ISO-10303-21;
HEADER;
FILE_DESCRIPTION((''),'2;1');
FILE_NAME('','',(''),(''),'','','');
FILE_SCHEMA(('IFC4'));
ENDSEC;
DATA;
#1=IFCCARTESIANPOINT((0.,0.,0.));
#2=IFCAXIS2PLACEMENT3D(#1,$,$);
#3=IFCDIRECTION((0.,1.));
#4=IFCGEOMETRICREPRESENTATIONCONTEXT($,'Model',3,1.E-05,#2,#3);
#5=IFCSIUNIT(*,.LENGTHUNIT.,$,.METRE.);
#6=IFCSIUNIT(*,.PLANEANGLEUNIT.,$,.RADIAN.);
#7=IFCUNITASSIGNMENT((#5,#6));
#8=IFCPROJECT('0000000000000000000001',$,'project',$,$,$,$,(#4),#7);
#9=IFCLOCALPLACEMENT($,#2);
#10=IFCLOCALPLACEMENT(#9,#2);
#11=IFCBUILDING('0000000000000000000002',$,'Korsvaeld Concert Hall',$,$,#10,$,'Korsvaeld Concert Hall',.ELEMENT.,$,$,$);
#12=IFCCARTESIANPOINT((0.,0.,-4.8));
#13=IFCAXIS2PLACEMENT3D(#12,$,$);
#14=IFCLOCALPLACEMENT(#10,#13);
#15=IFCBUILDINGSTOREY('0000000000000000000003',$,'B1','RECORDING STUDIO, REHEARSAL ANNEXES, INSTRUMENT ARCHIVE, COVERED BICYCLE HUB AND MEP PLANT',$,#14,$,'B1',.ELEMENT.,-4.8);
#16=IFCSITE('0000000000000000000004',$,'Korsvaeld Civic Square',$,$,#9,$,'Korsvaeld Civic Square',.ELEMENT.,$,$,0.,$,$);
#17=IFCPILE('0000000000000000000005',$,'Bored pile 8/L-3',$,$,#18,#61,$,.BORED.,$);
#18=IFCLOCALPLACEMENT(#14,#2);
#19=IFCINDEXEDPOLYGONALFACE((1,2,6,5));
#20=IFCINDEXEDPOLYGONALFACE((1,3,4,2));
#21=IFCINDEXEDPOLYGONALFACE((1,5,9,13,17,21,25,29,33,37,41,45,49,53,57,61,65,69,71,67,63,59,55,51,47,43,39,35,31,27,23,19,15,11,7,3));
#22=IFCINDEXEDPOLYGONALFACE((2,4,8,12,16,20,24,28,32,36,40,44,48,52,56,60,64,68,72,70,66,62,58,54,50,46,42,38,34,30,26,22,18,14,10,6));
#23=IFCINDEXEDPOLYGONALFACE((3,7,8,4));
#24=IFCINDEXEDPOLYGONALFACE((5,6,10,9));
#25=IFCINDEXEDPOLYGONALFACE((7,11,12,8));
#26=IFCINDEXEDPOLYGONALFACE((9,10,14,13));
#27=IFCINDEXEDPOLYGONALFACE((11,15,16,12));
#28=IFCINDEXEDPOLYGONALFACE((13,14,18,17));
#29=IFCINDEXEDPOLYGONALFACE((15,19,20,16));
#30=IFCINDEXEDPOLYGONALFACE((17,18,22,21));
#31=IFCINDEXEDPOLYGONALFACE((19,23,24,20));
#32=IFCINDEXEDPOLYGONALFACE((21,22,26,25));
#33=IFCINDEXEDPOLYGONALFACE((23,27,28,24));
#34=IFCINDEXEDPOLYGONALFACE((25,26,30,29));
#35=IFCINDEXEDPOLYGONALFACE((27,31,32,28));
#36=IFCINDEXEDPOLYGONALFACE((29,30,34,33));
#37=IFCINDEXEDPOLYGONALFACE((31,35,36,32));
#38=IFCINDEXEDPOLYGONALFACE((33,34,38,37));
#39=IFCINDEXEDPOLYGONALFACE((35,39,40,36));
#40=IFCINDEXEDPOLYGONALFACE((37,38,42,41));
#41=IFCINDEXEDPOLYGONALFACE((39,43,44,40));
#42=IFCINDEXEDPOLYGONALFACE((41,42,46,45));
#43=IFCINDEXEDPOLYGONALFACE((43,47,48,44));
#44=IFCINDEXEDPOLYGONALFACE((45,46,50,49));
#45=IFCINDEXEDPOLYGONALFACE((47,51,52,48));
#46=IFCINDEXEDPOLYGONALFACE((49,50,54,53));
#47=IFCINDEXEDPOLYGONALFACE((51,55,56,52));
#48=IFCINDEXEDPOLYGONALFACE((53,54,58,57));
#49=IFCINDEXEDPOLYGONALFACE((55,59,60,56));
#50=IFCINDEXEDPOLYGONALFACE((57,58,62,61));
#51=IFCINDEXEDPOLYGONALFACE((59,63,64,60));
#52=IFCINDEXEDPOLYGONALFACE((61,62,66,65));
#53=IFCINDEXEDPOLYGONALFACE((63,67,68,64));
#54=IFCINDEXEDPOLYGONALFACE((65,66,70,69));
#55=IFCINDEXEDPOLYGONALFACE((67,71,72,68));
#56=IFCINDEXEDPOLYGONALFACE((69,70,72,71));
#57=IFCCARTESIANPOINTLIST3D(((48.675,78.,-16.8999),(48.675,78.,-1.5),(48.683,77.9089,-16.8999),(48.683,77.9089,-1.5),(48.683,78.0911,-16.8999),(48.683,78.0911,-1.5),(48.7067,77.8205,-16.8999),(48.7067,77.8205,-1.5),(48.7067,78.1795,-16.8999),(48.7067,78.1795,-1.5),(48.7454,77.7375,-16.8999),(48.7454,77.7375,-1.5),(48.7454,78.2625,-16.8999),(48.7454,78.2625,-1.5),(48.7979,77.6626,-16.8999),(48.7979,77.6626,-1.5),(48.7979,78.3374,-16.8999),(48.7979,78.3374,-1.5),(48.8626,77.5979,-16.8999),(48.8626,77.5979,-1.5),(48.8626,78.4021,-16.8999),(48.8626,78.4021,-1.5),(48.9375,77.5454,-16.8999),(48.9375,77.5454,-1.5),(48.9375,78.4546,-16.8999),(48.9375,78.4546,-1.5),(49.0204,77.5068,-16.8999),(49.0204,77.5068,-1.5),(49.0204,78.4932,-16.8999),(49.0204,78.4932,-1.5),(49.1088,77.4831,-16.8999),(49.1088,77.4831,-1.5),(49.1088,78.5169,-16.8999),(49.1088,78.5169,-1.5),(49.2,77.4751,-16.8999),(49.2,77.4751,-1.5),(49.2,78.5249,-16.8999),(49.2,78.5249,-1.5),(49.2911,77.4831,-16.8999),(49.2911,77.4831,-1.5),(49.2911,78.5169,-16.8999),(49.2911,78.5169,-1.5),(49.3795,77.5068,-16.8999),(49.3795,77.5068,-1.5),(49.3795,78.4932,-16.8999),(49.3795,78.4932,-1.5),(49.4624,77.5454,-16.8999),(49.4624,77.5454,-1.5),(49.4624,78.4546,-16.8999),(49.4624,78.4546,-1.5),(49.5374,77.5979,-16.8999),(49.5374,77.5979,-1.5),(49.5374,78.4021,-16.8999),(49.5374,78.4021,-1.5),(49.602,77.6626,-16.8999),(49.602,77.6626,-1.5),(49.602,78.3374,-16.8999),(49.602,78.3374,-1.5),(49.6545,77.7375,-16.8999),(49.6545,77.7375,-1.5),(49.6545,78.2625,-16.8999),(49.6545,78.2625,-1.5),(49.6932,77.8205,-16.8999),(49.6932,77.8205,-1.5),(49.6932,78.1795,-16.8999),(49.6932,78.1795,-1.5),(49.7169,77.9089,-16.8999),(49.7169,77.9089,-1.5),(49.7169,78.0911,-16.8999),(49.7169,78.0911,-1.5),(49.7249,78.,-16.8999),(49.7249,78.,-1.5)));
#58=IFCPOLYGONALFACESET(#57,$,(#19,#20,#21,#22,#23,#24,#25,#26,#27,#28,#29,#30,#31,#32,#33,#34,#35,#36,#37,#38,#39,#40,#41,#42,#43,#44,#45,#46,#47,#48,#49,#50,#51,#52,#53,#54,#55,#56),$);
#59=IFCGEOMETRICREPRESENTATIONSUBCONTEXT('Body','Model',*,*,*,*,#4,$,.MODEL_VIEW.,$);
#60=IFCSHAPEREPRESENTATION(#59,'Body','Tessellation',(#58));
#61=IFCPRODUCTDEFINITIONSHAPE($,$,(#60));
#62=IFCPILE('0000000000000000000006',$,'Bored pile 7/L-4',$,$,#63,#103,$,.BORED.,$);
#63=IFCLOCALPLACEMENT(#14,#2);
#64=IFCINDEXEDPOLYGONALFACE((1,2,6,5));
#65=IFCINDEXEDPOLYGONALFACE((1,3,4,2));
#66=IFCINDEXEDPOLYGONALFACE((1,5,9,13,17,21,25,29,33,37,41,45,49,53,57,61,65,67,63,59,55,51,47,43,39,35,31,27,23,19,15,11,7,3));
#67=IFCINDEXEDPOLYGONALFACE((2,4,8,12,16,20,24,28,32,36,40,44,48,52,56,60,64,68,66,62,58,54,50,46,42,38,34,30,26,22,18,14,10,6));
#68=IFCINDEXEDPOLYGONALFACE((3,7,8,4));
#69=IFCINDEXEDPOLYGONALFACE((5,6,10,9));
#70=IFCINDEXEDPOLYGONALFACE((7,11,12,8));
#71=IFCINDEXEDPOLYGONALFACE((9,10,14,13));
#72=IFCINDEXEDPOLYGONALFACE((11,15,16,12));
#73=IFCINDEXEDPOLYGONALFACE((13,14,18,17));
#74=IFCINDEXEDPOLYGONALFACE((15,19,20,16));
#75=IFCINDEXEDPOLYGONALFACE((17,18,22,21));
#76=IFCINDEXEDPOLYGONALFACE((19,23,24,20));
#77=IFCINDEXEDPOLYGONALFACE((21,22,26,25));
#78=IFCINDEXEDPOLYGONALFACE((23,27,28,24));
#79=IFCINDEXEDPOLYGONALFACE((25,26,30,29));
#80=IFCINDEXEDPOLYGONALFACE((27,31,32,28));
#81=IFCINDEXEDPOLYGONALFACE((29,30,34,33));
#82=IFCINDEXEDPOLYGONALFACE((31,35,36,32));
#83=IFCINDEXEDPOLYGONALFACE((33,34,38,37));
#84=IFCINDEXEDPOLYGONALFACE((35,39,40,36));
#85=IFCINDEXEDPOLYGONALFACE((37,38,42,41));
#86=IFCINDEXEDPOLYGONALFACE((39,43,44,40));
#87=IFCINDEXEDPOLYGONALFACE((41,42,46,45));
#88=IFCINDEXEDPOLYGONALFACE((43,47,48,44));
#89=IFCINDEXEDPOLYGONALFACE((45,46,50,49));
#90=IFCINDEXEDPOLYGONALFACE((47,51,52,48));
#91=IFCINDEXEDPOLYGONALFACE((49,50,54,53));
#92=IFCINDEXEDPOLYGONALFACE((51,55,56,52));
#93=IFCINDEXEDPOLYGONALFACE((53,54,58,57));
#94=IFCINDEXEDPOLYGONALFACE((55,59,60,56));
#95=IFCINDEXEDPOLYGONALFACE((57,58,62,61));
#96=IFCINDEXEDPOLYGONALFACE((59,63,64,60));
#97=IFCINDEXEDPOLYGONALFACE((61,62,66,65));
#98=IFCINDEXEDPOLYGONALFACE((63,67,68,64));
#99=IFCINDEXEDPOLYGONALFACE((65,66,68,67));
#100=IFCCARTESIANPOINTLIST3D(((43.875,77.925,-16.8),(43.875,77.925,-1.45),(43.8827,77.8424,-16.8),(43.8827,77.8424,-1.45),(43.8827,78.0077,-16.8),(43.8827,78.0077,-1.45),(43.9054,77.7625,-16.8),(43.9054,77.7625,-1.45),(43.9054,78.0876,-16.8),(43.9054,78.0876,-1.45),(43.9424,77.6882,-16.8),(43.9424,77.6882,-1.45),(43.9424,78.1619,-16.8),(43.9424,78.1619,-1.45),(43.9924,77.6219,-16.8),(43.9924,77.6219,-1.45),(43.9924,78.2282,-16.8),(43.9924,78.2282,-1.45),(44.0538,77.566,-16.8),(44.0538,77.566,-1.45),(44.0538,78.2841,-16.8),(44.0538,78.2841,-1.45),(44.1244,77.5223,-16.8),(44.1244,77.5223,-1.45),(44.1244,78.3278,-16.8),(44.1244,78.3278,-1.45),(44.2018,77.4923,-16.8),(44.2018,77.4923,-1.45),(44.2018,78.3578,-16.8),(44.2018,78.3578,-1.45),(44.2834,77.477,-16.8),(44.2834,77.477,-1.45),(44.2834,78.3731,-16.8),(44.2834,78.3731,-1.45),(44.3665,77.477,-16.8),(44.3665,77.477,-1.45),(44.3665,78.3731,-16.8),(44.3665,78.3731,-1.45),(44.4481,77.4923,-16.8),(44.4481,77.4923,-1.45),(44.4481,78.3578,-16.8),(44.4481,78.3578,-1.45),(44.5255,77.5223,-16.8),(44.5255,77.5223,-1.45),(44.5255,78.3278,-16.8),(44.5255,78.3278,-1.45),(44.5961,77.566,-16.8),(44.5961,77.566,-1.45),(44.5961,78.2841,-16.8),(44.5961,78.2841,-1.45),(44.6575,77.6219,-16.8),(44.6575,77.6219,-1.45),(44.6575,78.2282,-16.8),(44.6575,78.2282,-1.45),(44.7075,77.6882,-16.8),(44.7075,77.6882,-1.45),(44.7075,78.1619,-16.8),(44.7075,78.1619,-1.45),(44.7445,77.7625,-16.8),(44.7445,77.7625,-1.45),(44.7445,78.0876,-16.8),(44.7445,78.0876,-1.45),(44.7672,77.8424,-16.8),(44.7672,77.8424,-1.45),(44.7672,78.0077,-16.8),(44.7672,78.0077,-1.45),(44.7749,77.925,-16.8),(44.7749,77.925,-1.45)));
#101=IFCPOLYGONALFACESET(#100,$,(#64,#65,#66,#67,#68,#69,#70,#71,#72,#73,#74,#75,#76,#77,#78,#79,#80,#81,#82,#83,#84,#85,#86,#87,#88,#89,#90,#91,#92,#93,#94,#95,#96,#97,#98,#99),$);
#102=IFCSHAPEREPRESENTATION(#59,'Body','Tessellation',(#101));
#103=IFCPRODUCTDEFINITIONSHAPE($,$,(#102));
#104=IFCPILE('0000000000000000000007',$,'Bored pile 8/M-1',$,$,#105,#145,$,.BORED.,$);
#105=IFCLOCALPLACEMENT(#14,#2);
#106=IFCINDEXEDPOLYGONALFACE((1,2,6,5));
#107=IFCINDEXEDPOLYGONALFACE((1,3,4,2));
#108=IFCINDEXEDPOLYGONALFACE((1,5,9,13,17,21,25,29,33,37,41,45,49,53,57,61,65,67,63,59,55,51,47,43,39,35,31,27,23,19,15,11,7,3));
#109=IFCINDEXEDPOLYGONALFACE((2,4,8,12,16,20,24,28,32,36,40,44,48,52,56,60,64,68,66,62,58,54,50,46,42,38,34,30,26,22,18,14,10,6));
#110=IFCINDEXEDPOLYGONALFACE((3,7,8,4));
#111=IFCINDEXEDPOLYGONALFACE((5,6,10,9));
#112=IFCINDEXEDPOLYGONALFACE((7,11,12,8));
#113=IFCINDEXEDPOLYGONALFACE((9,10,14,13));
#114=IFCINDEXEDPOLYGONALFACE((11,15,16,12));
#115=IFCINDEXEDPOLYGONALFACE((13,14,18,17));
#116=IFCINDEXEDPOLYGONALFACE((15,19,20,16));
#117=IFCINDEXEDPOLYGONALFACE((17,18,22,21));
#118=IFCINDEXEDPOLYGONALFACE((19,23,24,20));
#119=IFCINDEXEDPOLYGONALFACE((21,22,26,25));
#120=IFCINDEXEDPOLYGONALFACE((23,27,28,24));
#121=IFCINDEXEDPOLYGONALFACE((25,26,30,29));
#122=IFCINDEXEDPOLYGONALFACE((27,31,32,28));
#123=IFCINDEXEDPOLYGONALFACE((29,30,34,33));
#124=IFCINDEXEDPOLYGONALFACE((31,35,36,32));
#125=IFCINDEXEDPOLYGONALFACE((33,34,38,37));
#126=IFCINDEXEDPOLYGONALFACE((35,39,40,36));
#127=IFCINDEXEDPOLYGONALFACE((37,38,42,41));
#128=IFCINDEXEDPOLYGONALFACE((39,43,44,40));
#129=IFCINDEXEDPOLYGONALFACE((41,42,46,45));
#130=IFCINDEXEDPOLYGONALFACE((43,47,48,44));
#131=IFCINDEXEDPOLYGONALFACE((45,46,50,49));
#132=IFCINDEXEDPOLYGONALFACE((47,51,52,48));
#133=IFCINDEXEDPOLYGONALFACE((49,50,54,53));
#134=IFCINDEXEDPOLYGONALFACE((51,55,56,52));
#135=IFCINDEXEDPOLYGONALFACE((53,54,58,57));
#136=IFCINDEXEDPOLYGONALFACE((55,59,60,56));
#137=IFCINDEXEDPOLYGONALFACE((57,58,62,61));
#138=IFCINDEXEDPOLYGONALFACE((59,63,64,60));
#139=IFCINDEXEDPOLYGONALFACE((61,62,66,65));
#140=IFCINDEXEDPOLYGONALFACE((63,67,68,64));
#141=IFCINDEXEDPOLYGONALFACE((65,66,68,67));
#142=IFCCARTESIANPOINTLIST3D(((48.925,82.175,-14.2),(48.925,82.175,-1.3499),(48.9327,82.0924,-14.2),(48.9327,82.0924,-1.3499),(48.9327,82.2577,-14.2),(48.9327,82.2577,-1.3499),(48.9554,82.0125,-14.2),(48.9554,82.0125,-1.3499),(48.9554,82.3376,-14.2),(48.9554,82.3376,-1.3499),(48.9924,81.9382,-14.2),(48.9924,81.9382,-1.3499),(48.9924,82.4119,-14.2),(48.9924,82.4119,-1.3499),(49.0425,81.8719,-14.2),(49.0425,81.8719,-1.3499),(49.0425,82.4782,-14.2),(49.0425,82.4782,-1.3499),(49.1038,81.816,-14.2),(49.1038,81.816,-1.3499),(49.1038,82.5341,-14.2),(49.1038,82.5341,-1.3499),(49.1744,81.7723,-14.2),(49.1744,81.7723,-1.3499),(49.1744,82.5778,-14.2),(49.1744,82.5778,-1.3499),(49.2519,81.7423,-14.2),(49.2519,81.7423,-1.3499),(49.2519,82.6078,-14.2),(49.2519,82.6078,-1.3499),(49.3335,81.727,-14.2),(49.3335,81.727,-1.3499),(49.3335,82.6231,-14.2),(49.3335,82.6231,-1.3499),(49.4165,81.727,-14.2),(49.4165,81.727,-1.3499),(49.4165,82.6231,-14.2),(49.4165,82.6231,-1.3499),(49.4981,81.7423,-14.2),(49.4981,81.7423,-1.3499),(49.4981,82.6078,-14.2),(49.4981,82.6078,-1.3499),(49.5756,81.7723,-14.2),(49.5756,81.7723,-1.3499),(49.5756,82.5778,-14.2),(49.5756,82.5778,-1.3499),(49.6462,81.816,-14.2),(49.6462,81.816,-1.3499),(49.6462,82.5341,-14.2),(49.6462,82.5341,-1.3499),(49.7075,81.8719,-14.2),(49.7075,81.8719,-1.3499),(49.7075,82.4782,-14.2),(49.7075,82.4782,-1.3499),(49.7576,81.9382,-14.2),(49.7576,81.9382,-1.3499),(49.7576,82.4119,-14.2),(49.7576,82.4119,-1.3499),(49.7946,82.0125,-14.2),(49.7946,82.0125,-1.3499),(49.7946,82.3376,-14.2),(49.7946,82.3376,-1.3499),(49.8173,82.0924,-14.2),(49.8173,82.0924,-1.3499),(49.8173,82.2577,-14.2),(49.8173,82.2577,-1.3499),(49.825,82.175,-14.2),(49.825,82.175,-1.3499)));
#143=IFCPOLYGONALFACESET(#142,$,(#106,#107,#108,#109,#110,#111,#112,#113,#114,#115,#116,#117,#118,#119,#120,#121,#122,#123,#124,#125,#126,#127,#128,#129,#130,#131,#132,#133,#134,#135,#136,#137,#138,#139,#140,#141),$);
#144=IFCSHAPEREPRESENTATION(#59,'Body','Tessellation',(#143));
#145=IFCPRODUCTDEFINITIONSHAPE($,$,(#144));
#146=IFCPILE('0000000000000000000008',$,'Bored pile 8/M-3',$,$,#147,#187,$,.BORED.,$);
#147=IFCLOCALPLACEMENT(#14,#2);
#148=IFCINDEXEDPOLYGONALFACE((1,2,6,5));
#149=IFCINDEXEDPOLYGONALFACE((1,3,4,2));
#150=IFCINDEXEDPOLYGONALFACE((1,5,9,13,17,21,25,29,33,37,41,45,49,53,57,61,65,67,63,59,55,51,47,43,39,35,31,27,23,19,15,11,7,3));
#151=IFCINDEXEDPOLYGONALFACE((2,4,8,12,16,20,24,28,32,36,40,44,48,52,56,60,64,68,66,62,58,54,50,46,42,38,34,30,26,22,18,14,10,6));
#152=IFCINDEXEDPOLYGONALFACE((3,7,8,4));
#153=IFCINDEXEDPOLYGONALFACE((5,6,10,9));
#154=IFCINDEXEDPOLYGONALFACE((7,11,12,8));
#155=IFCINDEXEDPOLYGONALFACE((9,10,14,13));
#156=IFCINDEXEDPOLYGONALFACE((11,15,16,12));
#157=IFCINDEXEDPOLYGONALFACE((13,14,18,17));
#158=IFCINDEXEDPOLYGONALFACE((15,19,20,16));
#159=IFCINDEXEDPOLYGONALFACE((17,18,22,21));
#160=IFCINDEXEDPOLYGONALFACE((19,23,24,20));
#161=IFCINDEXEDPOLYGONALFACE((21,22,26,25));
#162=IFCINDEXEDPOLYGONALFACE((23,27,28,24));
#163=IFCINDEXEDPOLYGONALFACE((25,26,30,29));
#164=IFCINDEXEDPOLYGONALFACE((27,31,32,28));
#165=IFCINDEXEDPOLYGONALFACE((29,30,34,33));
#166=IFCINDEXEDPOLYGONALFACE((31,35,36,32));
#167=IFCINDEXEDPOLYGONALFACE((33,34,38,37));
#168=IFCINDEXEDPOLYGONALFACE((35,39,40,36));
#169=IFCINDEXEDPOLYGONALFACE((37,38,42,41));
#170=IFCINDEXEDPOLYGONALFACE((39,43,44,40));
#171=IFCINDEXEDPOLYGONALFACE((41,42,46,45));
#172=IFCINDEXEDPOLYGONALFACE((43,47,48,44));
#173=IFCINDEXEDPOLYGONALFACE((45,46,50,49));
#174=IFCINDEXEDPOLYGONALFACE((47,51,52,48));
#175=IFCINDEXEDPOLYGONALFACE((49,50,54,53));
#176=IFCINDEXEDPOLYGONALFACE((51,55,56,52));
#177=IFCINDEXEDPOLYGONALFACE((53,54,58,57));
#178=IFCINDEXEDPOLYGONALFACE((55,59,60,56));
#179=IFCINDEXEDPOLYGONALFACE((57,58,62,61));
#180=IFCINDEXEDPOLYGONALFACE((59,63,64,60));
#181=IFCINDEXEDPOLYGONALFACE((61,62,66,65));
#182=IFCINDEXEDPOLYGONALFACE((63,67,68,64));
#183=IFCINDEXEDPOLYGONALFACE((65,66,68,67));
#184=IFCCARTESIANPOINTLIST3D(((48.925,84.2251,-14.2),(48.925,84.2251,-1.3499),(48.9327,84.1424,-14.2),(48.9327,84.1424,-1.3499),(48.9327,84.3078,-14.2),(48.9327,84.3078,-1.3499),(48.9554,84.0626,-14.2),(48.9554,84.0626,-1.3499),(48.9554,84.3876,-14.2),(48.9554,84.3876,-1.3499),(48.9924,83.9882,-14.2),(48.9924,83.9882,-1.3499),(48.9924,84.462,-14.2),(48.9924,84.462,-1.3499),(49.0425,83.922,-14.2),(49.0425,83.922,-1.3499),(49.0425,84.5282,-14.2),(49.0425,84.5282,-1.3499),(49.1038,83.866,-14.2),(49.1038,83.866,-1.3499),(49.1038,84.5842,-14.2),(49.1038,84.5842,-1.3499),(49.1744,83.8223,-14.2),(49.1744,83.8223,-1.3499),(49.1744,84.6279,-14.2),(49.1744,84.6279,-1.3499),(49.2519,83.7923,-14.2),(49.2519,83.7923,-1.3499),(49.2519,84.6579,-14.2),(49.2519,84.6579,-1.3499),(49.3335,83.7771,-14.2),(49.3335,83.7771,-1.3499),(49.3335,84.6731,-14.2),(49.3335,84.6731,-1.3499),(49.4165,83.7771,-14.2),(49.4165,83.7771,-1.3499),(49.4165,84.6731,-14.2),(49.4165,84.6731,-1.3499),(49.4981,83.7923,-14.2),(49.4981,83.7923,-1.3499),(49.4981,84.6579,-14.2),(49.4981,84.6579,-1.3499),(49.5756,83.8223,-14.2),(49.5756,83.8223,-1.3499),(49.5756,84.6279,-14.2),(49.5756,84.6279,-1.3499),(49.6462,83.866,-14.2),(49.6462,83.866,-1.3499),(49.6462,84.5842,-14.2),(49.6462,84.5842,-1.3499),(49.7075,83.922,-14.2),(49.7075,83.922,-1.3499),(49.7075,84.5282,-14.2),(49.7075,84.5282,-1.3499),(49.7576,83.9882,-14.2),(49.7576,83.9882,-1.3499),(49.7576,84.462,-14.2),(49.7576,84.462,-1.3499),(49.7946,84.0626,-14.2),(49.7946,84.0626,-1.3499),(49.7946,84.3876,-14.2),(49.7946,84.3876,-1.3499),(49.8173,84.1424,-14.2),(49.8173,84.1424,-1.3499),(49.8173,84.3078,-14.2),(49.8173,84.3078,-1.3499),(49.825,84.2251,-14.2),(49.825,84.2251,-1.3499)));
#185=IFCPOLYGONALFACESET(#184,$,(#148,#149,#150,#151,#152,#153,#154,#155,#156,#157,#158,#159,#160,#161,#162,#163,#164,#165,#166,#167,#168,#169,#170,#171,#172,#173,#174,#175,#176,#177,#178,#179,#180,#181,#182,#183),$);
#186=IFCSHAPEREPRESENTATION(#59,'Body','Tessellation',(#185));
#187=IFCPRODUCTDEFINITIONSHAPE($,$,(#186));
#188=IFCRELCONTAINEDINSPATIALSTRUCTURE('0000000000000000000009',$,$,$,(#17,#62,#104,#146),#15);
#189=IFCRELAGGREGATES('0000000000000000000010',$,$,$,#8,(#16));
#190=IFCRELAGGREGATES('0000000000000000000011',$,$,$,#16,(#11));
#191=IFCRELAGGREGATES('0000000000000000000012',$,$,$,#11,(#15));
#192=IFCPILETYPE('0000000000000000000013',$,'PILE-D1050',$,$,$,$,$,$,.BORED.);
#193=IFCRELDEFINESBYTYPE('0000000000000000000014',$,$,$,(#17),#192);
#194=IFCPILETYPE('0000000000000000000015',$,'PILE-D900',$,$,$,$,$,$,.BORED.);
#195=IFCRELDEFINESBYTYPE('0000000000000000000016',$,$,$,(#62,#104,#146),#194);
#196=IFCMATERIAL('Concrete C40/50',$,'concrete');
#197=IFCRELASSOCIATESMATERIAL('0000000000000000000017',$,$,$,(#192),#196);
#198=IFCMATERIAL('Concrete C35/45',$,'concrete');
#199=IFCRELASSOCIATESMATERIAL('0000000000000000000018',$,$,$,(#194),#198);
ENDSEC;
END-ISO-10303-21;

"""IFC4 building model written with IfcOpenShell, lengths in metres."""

from ifc_helpers import new_model, si_unit, direction, frame, origin, origin_2d, place, context, subcontext, project, spatial, circle, extrude, material, material_profile, profile_set, type_object, element, save


model = new_model("IFC4")

# Units and contexts
model_context = context("Model", 3, precision=1e-05, world=origin(), true_north=direction((0.0, 1.0)))
body_context = subcontext(model_context, "Body", "Model", "MODEL_VIEW")
ifc_project = project(units=[si_unit("LENGTHUNIT", "METRE"), si_unit("PLANEANGLEUNIT", "RADIAN")], contexts=[model_context])

# Site, building, storey
site_placement = place(None, origin())
site = spatial("IfcSite", under=ifc_project, at=site_placement, Name="Korsvaeld Civic Square", LongName="Korsvaeld Civic Square", CompositionType="ELEMENT", RefElevation=0.0)
building_placement = place(site_placement, origin())
building = spatial("IfcBuilding", under=site, at=building_placement, Name="Korsvaeld Concert Hall", LongName="Korsvaeld Concert Hall", CompositionType="ELEMENT")
storey_placement = place(building_placement, frame((0.0, 0.0, -4.8)))
storey = spatial("IfcBuildingStorey", under=building, at=storey_placement, Name="B1", Description="RECORDING STUDIO, REHEARSAL ANNEXES, INSTRUMENT ARCHIVE, COVERED BICYCLE HUB AND MEP PLANT", LongName="B1", CompositionType="ELEMENT", Elevation=-4.8)

# Shared definitions
ifc_material_1 = material(Name="Concrete C35/45", Category="concrete")

# Piles
ifc_material_2 = material(Name="Concrete C40/50", Category="concrete")
ifc_material_profile_1 = material_profile(ifc_material_2, circle(Radius=0.5249, at=origin_2d()), Name="BORED PILE D1050")
ifc_profile_set_1 = profile_set([ifc_material_profile_1], Name="Concrete C40/50")
pile_type_1 = type_object("IfcPileType", Name="PILE-D1050", PredefinedType="BORED", material=ifc_profile_set_1)
for number, where, z_axis, x_axis, name in (
    (1, (49.2, 78.0, -1.5), (0.0, 0.0, -1.0), (1.0, 0.0, 0.0), "Bored pile 8/L-3"),
):
    element("IfcPile", number, at=place(storey_placement, frame(where, z_axis=z_axis, x_axis=x_axis)), inside=storey, type_object=pile_type_1, Name=name, PredefinedType="BORED", context=body_context, shape_type="SweptSolid", body=[
        extrude(circle(Radius=0.5249, at=origin_2d()), origin(), (0.0, 0.0, 1.0), 15.3999),
    ])
ifc_material_profile_2 = material_profile(ifc_material_1, circle(Radius=0.45, at=origin_2d()), Name="BORED PILE D900")
ifc_profile_set_2 = profile_set([ifc_material_profile_2], Name="Concrete C35/45")
pile_type_2 = type_object("IfcPileType", Name="PILE-D900", PredefinedType="BORED", material=ifc_profile_set_2)
pile_placement = place(storey_placement, frame((44.325, 77.925, -1.45), z_axis=(0.0, 0.0, -1.0), x_axis=(1.0, 0.0, 0.0)))
element("IfcPile", 2, at=pile_placement, inside=storey, type_object=pile_type_2, Name="Bored pile 7/L-4", PredefinedType="BORED", context=body_context, shape_type="SweptSolid", body=[
    extrude(circle(Radius=0.45, at=origin_2d()), origin(), (0.0, 0.0, 1.0), 15.3501),
])
for number, where, z_axis, x_axis, name in (
    (3, (49.375, 82.175, -1.3499), (0.0, 0.0, -1.0), (1.0, 0.0, 0.0), "Bored pile 8/M-1"),
    (4, (49.375, 84.2251, -1.3499), (0.0, 0.0, -1.0), (1.0, 0.0, 0.0), "Bored pile 8/M-3"),
):
    element("IfcPile", number, at=place(storey_placement, frame(where, z_axis=z_axis, x_axis=x_axis)), inside=storey, type_object=pile_type_2, Name=name, PredefinedType="BORED", context=body_context, shape_type="SweptSolid", body=[
        extrude(circle(Radius=0.45, at=origin_2d()), origin(), (0.0, 0.0, 1.0), 12.8501),
    ])

save(model, "model.ifc")
